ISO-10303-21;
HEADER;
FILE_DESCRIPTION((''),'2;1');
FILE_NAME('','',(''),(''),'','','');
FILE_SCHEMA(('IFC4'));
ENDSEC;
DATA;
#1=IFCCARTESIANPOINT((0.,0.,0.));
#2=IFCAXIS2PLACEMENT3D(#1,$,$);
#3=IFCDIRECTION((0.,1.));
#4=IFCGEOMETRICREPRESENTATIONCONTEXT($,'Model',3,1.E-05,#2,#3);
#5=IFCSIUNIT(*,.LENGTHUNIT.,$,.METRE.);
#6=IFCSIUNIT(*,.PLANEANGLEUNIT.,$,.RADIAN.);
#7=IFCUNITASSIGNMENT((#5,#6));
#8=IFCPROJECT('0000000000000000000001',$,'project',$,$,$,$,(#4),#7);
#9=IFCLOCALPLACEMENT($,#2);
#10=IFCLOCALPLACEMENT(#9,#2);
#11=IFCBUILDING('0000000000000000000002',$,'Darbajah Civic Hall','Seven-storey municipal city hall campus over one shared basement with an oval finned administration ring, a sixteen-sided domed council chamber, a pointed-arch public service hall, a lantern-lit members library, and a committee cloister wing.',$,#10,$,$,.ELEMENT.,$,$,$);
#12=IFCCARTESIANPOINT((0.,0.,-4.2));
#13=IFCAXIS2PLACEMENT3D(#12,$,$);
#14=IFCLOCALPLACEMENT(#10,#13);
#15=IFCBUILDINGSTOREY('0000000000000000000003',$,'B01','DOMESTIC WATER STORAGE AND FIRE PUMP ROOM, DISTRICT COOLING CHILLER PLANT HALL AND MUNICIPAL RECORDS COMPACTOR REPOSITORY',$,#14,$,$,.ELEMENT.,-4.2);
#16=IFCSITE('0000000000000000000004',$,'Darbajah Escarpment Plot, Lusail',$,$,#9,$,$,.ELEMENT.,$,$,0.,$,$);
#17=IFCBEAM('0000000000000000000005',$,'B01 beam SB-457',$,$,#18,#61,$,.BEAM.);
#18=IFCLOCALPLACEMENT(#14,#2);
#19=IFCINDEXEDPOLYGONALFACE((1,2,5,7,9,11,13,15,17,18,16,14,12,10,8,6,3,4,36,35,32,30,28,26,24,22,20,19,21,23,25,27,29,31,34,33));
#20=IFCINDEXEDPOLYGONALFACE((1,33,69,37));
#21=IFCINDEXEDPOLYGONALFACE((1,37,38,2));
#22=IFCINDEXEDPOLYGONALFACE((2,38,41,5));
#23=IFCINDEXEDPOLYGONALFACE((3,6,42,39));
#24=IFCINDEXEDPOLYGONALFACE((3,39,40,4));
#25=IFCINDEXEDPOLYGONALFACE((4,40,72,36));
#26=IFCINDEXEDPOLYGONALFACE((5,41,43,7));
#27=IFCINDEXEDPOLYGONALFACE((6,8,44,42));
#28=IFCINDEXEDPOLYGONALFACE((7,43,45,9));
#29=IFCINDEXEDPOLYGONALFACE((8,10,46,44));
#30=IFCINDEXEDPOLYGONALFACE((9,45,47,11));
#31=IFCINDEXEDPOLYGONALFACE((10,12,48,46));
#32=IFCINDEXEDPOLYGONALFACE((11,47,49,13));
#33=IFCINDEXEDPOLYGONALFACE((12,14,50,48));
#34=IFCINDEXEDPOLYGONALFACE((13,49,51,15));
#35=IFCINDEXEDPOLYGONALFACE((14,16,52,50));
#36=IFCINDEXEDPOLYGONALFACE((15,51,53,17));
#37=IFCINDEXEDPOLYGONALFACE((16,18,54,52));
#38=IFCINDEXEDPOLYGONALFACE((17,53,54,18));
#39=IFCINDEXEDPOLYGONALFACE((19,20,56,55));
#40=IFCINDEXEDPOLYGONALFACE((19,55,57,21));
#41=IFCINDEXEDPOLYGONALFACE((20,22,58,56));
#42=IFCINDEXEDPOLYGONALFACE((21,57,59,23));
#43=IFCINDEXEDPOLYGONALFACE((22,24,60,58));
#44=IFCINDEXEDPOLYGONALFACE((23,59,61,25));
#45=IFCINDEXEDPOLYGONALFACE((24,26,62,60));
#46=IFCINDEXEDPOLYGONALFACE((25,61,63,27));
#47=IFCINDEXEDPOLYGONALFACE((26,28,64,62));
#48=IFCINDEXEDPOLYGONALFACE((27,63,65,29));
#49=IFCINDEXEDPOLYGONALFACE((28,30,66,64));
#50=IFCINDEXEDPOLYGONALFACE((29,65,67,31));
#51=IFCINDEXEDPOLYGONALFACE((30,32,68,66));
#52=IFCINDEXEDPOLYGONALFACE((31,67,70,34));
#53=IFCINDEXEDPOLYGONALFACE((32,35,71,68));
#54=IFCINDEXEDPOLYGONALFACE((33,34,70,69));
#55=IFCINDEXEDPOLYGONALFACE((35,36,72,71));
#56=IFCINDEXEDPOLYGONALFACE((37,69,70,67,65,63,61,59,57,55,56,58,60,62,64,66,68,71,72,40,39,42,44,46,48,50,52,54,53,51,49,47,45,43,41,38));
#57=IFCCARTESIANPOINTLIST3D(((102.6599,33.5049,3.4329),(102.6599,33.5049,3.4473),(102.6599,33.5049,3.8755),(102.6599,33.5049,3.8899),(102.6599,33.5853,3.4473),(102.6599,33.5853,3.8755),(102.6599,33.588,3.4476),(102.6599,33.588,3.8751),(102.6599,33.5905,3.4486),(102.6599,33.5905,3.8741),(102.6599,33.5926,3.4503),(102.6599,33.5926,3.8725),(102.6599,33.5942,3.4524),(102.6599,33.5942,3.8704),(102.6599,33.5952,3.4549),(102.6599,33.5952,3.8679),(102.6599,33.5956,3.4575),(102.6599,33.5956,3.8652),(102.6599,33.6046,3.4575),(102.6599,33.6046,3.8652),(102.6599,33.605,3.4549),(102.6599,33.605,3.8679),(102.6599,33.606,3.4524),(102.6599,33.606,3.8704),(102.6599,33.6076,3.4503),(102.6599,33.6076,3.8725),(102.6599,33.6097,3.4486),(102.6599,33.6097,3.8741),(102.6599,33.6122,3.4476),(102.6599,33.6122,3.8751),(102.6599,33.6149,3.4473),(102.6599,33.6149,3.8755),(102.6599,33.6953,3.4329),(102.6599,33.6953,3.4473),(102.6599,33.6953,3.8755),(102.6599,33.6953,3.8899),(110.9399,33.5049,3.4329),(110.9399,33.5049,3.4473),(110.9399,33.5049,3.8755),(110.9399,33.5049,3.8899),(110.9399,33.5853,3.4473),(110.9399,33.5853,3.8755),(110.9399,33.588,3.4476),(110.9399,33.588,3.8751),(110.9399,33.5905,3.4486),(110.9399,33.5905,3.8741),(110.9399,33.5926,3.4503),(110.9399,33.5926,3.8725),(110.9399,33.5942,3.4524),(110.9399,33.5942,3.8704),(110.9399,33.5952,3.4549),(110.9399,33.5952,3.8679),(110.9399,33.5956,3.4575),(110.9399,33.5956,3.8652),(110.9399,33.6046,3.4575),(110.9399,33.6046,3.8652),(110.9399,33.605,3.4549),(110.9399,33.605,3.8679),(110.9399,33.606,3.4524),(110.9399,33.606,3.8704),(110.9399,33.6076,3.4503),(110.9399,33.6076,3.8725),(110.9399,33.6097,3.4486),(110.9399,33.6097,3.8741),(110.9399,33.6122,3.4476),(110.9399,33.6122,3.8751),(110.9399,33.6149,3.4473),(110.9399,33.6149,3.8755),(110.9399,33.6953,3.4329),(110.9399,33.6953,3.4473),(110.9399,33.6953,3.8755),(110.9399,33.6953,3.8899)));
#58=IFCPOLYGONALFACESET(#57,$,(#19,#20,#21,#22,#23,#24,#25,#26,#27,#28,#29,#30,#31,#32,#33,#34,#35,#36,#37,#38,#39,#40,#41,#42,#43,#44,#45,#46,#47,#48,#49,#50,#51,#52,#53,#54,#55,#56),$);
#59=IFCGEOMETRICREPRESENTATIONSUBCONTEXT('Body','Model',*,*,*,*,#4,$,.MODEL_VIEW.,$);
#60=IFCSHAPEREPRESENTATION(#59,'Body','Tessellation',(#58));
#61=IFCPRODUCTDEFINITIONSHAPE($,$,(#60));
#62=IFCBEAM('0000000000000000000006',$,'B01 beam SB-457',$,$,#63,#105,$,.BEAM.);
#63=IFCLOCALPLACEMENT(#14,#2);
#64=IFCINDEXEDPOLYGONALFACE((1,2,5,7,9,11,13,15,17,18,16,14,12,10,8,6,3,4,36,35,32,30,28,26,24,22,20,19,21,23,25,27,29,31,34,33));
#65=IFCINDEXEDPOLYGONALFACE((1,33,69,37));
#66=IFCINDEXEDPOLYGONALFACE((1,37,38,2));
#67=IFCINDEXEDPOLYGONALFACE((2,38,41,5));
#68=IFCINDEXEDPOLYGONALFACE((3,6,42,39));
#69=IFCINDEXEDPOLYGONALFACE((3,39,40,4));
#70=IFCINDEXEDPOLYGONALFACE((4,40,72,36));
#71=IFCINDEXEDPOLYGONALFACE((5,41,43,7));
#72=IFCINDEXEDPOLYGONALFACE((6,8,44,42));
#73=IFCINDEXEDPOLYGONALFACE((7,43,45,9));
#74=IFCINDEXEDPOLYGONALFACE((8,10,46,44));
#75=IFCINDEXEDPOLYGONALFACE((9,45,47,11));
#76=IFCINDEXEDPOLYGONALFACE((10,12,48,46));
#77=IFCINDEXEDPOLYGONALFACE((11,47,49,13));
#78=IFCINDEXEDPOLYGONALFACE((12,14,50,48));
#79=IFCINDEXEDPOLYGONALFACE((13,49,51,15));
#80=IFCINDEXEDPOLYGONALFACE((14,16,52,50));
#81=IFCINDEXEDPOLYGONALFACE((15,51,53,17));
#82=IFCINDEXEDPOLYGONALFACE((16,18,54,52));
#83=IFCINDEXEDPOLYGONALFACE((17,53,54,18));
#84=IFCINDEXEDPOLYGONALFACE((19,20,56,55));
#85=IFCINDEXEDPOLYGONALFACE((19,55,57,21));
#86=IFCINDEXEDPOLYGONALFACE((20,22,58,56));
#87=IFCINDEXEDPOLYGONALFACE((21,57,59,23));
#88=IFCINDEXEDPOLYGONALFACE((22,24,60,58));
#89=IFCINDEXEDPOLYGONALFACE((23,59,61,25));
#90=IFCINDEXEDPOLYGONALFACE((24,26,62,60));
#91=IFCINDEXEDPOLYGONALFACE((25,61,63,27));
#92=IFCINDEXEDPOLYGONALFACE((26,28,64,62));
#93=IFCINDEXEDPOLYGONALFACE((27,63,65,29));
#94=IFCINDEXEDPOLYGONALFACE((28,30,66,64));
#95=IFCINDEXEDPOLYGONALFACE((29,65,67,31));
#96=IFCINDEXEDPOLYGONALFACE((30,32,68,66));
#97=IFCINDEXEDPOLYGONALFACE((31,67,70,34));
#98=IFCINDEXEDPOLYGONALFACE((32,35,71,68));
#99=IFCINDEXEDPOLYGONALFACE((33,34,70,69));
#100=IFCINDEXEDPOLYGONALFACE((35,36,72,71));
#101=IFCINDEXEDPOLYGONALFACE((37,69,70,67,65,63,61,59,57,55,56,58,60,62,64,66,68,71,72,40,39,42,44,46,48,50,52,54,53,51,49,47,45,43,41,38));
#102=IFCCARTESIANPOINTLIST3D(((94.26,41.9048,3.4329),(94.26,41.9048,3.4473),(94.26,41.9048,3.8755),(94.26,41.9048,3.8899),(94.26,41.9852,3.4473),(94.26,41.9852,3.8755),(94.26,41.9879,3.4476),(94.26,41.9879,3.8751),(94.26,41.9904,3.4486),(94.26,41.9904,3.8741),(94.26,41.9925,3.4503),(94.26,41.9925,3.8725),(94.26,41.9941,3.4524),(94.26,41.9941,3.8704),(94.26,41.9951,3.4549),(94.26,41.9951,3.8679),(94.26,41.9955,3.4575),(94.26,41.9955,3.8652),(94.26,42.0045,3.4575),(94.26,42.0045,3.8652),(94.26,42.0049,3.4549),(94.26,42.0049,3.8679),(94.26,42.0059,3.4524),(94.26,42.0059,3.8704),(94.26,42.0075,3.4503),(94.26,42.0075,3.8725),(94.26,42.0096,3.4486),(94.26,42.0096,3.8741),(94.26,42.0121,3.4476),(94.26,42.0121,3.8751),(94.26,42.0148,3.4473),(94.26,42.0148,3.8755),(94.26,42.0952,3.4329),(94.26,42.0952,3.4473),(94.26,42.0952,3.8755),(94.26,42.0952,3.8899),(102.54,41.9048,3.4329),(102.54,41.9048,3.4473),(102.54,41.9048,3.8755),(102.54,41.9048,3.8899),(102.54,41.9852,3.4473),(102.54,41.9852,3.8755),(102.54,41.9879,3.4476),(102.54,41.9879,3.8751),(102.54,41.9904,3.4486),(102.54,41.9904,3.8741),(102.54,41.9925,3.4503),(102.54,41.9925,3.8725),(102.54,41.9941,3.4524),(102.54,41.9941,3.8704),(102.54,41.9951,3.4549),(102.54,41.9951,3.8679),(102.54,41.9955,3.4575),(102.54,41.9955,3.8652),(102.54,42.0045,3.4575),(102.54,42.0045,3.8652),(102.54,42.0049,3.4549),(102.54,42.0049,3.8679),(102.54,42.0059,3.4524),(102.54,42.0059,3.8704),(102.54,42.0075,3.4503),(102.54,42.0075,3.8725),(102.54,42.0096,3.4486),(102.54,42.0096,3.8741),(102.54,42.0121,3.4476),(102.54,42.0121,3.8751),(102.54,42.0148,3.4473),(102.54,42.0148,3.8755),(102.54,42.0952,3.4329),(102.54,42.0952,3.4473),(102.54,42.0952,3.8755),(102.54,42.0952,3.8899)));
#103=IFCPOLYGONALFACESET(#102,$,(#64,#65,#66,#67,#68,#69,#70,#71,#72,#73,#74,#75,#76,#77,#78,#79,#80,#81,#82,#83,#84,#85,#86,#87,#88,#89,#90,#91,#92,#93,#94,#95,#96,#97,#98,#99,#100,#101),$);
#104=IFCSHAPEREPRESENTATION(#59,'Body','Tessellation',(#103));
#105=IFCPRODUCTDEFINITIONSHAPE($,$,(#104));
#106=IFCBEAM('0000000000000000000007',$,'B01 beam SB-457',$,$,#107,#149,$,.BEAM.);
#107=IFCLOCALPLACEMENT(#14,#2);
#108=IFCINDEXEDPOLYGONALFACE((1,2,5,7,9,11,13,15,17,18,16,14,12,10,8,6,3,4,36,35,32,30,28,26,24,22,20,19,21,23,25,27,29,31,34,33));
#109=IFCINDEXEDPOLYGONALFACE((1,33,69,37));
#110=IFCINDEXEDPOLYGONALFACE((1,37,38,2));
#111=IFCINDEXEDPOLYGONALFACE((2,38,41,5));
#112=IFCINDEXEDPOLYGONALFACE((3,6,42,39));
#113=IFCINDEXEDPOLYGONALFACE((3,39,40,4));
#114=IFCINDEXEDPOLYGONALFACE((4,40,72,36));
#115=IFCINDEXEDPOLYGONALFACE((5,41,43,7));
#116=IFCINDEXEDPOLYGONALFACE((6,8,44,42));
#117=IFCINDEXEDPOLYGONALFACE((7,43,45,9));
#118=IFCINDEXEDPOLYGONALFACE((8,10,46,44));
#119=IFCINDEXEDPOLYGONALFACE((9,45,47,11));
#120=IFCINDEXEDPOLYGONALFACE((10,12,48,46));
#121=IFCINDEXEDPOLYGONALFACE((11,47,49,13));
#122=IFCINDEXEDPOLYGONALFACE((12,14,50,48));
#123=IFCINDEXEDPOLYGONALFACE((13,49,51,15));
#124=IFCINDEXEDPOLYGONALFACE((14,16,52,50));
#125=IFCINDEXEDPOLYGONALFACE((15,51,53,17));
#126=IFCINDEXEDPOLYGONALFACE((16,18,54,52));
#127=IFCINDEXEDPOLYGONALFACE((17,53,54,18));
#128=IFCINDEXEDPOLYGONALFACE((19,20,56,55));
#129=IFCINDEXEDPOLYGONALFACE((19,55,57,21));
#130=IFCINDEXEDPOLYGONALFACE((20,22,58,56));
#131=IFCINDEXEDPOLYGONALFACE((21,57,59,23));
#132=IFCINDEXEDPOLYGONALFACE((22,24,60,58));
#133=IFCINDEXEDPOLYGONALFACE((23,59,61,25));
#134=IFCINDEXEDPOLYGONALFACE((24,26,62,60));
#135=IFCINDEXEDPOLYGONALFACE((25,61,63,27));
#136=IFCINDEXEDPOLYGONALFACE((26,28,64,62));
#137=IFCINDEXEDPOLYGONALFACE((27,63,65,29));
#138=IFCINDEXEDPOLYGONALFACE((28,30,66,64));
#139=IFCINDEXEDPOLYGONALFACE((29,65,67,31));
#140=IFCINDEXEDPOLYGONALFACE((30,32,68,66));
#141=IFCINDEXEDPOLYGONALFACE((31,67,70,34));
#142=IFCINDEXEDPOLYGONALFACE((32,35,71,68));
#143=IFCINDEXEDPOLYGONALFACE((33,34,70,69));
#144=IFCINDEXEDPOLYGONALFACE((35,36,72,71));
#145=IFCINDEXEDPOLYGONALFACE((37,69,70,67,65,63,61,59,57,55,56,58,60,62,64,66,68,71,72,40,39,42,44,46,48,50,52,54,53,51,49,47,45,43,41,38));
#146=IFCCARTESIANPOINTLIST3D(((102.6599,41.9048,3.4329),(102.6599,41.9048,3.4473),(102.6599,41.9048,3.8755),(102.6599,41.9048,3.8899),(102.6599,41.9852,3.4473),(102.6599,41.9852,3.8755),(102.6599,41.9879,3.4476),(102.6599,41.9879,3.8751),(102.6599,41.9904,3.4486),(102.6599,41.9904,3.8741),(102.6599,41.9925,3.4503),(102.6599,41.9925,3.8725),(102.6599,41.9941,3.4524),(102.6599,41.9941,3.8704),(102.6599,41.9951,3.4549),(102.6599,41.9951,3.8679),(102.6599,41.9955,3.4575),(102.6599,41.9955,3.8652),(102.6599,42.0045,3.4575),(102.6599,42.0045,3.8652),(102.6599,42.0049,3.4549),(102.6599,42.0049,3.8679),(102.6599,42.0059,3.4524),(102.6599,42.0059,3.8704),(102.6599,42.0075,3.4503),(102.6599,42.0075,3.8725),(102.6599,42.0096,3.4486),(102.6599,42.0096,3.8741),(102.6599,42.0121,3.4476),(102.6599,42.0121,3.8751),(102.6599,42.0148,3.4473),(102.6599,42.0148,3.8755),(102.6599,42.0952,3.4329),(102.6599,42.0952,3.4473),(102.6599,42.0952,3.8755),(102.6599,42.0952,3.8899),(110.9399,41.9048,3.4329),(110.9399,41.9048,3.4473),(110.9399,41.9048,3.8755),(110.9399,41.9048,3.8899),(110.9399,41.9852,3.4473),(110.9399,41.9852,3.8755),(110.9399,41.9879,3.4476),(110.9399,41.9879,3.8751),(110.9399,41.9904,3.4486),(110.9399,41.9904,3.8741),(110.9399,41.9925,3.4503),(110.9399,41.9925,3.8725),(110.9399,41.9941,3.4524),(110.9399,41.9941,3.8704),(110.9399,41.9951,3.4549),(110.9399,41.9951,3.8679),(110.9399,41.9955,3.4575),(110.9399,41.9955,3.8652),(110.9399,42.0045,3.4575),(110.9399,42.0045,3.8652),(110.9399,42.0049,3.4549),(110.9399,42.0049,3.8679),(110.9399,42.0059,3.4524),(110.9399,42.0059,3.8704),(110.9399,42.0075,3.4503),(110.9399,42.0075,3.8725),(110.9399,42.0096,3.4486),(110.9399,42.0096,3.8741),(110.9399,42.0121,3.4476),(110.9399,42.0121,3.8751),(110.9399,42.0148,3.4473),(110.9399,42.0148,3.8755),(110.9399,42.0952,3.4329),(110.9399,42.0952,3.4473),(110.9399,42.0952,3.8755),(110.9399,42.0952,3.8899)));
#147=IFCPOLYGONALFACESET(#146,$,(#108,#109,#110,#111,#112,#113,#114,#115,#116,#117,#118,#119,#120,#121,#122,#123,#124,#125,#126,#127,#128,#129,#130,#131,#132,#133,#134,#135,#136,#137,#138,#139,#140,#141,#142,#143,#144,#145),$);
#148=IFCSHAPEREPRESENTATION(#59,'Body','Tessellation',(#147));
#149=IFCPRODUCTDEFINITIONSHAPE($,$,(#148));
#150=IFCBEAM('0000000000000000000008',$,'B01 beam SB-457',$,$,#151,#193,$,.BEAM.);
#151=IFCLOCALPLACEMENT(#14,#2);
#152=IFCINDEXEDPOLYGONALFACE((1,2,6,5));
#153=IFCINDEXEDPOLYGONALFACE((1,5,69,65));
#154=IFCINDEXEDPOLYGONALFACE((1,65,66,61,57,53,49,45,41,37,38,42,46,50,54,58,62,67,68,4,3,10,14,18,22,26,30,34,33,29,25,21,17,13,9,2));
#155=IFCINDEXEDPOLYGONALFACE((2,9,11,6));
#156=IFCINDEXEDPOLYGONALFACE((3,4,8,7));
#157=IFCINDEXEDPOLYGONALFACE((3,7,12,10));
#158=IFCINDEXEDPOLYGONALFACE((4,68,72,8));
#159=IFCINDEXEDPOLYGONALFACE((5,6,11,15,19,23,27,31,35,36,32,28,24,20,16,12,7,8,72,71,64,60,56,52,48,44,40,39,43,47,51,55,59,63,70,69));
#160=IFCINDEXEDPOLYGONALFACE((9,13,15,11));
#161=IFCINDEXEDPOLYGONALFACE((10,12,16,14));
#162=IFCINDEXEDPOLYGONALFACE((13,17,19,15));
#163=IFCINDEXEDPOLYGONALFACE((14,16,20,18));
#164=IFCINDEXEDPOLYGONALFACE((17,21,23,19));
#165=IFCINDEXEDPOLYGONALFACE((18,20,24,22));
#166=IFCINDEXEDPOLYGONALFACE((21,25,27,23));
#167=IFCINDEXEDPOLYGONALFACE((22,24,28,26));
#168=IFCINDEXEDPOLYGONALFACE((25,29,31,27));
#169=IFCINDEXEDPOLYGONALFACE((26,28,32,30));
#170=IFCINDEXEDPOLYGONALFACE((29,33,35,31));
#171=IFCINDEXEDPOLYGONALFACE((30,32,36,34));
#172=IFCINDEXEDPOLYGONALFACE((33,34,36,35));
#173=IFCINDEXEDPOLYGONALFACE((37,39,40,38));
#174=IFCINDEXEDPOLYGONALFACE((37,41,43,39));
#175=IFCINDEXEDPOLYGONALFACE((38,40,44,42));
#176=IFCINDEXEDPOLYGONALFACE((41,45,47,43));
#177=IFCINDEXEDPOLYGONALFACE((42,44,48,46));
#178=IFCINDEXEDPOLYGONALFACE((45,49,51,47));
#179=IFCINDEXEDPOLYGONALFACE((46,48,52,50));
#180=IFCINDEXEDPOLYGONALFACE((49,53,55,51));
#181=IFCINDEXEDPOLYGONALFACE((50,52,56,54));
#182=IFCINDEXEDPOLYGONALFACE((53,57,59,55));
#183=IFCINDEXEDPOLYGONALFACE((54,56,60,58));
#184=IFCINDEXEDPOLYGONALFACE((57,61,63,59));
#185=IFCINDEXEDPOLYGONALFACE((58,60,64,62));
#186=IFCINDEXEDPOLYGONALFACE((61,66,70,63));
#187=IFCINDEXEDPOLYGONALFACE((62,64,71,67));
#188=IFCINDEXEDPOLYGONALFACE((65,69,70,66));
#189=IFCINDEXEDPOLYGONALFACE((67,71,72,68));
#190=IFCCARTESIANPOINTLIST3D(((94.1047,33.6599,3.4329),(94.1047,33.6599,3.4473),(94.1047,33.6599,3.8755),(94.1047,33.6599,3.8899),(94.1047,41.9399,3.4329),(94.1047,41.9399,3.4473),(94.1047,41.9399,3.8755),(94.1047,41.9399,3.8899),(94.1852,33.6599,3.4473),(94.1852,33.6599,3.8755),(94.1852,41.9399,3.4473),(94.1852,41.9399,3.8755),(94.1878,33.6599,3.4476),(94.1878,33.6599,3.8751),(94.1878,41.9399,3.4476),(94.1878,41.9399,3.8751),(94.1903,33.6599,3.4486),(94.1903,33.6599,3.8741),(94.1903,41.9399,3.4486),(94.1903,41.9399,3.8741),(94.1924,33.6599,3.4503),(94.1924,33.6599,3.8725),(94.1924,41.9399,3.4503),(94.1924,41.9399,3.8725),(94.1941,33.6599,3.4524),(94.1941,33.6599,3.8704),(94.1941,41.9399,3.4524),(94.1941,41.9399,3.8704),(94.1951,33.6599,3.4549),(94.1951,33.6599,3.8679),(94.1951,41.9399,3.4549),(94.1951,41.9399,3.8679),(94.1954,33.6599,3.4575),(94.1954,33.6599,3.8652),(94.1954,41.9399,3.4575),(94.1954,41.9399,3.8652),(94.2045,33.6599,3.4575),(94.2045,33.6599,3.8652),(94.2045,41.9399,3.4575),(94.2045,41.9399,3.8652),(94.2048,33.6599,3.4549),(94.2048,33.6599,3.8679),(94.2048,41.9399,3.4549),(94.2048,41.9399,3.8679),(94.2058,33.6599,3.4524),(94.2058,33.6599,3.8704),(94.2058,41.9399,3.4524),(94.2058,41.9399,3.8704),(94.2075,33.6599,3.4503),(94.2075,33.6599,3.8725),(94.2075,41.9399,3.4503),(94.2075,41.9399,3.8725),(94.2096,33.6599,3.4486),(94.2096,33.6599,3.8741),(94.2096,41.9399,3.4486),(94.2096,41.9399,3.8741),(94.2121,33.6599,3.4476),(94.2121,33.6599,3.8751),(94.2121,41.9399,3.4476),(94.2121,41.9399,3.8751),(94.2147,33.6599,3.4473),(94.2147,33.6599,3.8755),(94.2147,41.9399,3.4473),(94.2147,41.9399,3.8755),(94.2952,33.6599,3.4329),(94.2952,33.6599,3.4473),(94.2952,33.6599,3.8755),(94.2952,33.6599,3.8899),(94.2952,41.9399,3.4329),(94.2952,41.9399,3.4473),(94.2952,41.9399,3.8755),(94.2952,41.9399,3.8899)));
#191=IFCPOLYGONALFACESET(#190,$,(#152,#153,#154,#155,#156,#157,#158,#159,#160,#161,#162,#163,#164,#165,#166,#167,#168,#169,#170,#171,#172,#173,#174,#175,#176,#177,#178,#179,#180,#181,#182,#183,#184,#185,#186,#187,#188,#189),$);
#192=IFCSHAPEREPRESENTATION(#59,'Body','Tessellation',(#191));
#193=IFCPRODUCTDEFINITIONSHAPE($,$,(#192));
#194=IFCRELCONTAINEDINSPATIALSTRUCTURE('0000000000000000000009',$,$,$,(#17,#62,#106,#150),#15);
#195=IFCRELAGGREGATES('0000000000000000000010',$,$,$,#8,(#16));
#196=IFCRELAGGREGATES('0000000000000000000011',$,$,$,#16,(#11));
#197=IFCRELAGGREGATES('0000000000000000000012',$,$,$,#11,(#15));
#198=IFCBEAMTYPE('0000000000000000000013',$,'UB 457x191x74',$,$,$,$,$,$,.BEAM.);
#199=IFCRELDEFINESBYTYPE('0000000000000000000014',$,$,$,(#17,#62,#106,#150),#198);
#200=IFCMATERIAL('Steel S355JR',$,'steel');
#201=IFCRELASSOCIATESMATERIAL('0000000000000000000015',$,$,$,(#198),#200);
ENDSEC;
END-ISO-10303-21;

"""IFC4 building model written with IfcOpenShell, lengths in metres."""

from ifc_helpers import new_model, si_unit, direction, frame, origin, origin_2d, place, context, subcontext, project, spatial, i_section, extrude, material, material_profile, profile_set, type_object, element, save


model = new_model("IFC4")

# Units and contexts
model_context = context("Model", 3, precision=1e-05, world=origin(), true_north=direction((0.0, 1.0)))
body_context = subcontext(model_context, "Body", "Model", "MODEL_VIEW")
ifc_project = project(units=[si_unit("LENGTHUNIT", "METRE"), si_unit("PLANEANGLEUNIT", "RADIAN")], contexts=[model_context])

# Site, building, storey
site_placement = place(None, origin())
site = spatial("IfcSite", under=ifc_project, at=site_placement, Name="Darbajah Escarpment Plot, Lusail", CompositionType="ELEMENT", RefElevation=0.0)
building_placement = place(site_placement, origin())
building = spatial("IfcBuilding", under=site, at=building_placement, Name="Darbajah Civic Hall", Description="Seven-storey municipal city hall campus over one shared basement with an oval finned administration ring, a sixteen-sided domed council chamber, a pointed-arch public service hall, a lantern-lit members library, and a committee cloister wing.", CompositionType="ELEMENT")
storey_placement = place(building_placement, frame((0.0, 0.0, -4.2)))
storey = spatial("IfcBuildingStorey", under=building, at=storey_placement, Name="B01", Description="DOMESTIC WATER STORAGE AND FIRE PUMP ROOM, DISTRICT COOLING CHILLER PLANT HALL AND MUNICIPAL RECORDS COMPACTOR REPOSITORY", CompositionType="ELEMENT", Elevation=-4.2)

# Beams
ifc_material_1 = material(Name="Steel S355JR", Category="steel")
ifc_material_profile_1 = material_profile(ifc_material_1, i_section(OverallWidth=0.1904, OverallDepth=0.457, WebThickness=0.009, FlangeThickness=0.0144, FilletRadius=0.0103, at=origin_2d()), Name="UB 457x191x74")
ifc_profile_set_1 = profile_set([ifc_material_profile_1], Name="Steel S355JR")
beam_type = type_object("IfcBeamType", Name="UB 457x191x74", PredefinedType="BEAM", material=ifc_profile_set_1)
for number, where, z_axis, x_axis, name in (
    (1, (102.6599, 33.6001, 3.6614), (1.0, 0.0, 0.0), (0.0, 1.0, 0.0), "B01 beam SB-457"),
    (2, (94.26, 42.0, 3.6614), (1.0, 0.0, 0.0), (0.0, 1.0, 0.0), "B01 beam SB-457"),
    (3, (102.6599, 42.0, 3.6614), (1.0, 0.0, 0.0), (0.0, 1.0, 0.0), "B01 beam SB-457"),
    (4, (94.2, 33.6599, 3.6614), (0.0, 1.0, 0.0), (-1.0, 0.0, 0.0), "B01 beam SB-457"),
):
    element("IfcBeam", number, at=place(storey_placement, frame(where, z_axis=z_axis, x_axis=x_axis)), inside=storey, type_object=beam_type, Name=name, PredefinedType="BEAM", context=body_context, shape_type="SweptSolid", body=[
        extrude(i_section(OverallWidth=0.1904, OverallDepth=0.457, WebThickness=0.009, FlangeThickness=0.0144, FilletRadius=0.0103, at=origin_2d()), origin(), (0.0, 0.0, 1.0), 8.28),
    ])

save(model, "model.ifc")
